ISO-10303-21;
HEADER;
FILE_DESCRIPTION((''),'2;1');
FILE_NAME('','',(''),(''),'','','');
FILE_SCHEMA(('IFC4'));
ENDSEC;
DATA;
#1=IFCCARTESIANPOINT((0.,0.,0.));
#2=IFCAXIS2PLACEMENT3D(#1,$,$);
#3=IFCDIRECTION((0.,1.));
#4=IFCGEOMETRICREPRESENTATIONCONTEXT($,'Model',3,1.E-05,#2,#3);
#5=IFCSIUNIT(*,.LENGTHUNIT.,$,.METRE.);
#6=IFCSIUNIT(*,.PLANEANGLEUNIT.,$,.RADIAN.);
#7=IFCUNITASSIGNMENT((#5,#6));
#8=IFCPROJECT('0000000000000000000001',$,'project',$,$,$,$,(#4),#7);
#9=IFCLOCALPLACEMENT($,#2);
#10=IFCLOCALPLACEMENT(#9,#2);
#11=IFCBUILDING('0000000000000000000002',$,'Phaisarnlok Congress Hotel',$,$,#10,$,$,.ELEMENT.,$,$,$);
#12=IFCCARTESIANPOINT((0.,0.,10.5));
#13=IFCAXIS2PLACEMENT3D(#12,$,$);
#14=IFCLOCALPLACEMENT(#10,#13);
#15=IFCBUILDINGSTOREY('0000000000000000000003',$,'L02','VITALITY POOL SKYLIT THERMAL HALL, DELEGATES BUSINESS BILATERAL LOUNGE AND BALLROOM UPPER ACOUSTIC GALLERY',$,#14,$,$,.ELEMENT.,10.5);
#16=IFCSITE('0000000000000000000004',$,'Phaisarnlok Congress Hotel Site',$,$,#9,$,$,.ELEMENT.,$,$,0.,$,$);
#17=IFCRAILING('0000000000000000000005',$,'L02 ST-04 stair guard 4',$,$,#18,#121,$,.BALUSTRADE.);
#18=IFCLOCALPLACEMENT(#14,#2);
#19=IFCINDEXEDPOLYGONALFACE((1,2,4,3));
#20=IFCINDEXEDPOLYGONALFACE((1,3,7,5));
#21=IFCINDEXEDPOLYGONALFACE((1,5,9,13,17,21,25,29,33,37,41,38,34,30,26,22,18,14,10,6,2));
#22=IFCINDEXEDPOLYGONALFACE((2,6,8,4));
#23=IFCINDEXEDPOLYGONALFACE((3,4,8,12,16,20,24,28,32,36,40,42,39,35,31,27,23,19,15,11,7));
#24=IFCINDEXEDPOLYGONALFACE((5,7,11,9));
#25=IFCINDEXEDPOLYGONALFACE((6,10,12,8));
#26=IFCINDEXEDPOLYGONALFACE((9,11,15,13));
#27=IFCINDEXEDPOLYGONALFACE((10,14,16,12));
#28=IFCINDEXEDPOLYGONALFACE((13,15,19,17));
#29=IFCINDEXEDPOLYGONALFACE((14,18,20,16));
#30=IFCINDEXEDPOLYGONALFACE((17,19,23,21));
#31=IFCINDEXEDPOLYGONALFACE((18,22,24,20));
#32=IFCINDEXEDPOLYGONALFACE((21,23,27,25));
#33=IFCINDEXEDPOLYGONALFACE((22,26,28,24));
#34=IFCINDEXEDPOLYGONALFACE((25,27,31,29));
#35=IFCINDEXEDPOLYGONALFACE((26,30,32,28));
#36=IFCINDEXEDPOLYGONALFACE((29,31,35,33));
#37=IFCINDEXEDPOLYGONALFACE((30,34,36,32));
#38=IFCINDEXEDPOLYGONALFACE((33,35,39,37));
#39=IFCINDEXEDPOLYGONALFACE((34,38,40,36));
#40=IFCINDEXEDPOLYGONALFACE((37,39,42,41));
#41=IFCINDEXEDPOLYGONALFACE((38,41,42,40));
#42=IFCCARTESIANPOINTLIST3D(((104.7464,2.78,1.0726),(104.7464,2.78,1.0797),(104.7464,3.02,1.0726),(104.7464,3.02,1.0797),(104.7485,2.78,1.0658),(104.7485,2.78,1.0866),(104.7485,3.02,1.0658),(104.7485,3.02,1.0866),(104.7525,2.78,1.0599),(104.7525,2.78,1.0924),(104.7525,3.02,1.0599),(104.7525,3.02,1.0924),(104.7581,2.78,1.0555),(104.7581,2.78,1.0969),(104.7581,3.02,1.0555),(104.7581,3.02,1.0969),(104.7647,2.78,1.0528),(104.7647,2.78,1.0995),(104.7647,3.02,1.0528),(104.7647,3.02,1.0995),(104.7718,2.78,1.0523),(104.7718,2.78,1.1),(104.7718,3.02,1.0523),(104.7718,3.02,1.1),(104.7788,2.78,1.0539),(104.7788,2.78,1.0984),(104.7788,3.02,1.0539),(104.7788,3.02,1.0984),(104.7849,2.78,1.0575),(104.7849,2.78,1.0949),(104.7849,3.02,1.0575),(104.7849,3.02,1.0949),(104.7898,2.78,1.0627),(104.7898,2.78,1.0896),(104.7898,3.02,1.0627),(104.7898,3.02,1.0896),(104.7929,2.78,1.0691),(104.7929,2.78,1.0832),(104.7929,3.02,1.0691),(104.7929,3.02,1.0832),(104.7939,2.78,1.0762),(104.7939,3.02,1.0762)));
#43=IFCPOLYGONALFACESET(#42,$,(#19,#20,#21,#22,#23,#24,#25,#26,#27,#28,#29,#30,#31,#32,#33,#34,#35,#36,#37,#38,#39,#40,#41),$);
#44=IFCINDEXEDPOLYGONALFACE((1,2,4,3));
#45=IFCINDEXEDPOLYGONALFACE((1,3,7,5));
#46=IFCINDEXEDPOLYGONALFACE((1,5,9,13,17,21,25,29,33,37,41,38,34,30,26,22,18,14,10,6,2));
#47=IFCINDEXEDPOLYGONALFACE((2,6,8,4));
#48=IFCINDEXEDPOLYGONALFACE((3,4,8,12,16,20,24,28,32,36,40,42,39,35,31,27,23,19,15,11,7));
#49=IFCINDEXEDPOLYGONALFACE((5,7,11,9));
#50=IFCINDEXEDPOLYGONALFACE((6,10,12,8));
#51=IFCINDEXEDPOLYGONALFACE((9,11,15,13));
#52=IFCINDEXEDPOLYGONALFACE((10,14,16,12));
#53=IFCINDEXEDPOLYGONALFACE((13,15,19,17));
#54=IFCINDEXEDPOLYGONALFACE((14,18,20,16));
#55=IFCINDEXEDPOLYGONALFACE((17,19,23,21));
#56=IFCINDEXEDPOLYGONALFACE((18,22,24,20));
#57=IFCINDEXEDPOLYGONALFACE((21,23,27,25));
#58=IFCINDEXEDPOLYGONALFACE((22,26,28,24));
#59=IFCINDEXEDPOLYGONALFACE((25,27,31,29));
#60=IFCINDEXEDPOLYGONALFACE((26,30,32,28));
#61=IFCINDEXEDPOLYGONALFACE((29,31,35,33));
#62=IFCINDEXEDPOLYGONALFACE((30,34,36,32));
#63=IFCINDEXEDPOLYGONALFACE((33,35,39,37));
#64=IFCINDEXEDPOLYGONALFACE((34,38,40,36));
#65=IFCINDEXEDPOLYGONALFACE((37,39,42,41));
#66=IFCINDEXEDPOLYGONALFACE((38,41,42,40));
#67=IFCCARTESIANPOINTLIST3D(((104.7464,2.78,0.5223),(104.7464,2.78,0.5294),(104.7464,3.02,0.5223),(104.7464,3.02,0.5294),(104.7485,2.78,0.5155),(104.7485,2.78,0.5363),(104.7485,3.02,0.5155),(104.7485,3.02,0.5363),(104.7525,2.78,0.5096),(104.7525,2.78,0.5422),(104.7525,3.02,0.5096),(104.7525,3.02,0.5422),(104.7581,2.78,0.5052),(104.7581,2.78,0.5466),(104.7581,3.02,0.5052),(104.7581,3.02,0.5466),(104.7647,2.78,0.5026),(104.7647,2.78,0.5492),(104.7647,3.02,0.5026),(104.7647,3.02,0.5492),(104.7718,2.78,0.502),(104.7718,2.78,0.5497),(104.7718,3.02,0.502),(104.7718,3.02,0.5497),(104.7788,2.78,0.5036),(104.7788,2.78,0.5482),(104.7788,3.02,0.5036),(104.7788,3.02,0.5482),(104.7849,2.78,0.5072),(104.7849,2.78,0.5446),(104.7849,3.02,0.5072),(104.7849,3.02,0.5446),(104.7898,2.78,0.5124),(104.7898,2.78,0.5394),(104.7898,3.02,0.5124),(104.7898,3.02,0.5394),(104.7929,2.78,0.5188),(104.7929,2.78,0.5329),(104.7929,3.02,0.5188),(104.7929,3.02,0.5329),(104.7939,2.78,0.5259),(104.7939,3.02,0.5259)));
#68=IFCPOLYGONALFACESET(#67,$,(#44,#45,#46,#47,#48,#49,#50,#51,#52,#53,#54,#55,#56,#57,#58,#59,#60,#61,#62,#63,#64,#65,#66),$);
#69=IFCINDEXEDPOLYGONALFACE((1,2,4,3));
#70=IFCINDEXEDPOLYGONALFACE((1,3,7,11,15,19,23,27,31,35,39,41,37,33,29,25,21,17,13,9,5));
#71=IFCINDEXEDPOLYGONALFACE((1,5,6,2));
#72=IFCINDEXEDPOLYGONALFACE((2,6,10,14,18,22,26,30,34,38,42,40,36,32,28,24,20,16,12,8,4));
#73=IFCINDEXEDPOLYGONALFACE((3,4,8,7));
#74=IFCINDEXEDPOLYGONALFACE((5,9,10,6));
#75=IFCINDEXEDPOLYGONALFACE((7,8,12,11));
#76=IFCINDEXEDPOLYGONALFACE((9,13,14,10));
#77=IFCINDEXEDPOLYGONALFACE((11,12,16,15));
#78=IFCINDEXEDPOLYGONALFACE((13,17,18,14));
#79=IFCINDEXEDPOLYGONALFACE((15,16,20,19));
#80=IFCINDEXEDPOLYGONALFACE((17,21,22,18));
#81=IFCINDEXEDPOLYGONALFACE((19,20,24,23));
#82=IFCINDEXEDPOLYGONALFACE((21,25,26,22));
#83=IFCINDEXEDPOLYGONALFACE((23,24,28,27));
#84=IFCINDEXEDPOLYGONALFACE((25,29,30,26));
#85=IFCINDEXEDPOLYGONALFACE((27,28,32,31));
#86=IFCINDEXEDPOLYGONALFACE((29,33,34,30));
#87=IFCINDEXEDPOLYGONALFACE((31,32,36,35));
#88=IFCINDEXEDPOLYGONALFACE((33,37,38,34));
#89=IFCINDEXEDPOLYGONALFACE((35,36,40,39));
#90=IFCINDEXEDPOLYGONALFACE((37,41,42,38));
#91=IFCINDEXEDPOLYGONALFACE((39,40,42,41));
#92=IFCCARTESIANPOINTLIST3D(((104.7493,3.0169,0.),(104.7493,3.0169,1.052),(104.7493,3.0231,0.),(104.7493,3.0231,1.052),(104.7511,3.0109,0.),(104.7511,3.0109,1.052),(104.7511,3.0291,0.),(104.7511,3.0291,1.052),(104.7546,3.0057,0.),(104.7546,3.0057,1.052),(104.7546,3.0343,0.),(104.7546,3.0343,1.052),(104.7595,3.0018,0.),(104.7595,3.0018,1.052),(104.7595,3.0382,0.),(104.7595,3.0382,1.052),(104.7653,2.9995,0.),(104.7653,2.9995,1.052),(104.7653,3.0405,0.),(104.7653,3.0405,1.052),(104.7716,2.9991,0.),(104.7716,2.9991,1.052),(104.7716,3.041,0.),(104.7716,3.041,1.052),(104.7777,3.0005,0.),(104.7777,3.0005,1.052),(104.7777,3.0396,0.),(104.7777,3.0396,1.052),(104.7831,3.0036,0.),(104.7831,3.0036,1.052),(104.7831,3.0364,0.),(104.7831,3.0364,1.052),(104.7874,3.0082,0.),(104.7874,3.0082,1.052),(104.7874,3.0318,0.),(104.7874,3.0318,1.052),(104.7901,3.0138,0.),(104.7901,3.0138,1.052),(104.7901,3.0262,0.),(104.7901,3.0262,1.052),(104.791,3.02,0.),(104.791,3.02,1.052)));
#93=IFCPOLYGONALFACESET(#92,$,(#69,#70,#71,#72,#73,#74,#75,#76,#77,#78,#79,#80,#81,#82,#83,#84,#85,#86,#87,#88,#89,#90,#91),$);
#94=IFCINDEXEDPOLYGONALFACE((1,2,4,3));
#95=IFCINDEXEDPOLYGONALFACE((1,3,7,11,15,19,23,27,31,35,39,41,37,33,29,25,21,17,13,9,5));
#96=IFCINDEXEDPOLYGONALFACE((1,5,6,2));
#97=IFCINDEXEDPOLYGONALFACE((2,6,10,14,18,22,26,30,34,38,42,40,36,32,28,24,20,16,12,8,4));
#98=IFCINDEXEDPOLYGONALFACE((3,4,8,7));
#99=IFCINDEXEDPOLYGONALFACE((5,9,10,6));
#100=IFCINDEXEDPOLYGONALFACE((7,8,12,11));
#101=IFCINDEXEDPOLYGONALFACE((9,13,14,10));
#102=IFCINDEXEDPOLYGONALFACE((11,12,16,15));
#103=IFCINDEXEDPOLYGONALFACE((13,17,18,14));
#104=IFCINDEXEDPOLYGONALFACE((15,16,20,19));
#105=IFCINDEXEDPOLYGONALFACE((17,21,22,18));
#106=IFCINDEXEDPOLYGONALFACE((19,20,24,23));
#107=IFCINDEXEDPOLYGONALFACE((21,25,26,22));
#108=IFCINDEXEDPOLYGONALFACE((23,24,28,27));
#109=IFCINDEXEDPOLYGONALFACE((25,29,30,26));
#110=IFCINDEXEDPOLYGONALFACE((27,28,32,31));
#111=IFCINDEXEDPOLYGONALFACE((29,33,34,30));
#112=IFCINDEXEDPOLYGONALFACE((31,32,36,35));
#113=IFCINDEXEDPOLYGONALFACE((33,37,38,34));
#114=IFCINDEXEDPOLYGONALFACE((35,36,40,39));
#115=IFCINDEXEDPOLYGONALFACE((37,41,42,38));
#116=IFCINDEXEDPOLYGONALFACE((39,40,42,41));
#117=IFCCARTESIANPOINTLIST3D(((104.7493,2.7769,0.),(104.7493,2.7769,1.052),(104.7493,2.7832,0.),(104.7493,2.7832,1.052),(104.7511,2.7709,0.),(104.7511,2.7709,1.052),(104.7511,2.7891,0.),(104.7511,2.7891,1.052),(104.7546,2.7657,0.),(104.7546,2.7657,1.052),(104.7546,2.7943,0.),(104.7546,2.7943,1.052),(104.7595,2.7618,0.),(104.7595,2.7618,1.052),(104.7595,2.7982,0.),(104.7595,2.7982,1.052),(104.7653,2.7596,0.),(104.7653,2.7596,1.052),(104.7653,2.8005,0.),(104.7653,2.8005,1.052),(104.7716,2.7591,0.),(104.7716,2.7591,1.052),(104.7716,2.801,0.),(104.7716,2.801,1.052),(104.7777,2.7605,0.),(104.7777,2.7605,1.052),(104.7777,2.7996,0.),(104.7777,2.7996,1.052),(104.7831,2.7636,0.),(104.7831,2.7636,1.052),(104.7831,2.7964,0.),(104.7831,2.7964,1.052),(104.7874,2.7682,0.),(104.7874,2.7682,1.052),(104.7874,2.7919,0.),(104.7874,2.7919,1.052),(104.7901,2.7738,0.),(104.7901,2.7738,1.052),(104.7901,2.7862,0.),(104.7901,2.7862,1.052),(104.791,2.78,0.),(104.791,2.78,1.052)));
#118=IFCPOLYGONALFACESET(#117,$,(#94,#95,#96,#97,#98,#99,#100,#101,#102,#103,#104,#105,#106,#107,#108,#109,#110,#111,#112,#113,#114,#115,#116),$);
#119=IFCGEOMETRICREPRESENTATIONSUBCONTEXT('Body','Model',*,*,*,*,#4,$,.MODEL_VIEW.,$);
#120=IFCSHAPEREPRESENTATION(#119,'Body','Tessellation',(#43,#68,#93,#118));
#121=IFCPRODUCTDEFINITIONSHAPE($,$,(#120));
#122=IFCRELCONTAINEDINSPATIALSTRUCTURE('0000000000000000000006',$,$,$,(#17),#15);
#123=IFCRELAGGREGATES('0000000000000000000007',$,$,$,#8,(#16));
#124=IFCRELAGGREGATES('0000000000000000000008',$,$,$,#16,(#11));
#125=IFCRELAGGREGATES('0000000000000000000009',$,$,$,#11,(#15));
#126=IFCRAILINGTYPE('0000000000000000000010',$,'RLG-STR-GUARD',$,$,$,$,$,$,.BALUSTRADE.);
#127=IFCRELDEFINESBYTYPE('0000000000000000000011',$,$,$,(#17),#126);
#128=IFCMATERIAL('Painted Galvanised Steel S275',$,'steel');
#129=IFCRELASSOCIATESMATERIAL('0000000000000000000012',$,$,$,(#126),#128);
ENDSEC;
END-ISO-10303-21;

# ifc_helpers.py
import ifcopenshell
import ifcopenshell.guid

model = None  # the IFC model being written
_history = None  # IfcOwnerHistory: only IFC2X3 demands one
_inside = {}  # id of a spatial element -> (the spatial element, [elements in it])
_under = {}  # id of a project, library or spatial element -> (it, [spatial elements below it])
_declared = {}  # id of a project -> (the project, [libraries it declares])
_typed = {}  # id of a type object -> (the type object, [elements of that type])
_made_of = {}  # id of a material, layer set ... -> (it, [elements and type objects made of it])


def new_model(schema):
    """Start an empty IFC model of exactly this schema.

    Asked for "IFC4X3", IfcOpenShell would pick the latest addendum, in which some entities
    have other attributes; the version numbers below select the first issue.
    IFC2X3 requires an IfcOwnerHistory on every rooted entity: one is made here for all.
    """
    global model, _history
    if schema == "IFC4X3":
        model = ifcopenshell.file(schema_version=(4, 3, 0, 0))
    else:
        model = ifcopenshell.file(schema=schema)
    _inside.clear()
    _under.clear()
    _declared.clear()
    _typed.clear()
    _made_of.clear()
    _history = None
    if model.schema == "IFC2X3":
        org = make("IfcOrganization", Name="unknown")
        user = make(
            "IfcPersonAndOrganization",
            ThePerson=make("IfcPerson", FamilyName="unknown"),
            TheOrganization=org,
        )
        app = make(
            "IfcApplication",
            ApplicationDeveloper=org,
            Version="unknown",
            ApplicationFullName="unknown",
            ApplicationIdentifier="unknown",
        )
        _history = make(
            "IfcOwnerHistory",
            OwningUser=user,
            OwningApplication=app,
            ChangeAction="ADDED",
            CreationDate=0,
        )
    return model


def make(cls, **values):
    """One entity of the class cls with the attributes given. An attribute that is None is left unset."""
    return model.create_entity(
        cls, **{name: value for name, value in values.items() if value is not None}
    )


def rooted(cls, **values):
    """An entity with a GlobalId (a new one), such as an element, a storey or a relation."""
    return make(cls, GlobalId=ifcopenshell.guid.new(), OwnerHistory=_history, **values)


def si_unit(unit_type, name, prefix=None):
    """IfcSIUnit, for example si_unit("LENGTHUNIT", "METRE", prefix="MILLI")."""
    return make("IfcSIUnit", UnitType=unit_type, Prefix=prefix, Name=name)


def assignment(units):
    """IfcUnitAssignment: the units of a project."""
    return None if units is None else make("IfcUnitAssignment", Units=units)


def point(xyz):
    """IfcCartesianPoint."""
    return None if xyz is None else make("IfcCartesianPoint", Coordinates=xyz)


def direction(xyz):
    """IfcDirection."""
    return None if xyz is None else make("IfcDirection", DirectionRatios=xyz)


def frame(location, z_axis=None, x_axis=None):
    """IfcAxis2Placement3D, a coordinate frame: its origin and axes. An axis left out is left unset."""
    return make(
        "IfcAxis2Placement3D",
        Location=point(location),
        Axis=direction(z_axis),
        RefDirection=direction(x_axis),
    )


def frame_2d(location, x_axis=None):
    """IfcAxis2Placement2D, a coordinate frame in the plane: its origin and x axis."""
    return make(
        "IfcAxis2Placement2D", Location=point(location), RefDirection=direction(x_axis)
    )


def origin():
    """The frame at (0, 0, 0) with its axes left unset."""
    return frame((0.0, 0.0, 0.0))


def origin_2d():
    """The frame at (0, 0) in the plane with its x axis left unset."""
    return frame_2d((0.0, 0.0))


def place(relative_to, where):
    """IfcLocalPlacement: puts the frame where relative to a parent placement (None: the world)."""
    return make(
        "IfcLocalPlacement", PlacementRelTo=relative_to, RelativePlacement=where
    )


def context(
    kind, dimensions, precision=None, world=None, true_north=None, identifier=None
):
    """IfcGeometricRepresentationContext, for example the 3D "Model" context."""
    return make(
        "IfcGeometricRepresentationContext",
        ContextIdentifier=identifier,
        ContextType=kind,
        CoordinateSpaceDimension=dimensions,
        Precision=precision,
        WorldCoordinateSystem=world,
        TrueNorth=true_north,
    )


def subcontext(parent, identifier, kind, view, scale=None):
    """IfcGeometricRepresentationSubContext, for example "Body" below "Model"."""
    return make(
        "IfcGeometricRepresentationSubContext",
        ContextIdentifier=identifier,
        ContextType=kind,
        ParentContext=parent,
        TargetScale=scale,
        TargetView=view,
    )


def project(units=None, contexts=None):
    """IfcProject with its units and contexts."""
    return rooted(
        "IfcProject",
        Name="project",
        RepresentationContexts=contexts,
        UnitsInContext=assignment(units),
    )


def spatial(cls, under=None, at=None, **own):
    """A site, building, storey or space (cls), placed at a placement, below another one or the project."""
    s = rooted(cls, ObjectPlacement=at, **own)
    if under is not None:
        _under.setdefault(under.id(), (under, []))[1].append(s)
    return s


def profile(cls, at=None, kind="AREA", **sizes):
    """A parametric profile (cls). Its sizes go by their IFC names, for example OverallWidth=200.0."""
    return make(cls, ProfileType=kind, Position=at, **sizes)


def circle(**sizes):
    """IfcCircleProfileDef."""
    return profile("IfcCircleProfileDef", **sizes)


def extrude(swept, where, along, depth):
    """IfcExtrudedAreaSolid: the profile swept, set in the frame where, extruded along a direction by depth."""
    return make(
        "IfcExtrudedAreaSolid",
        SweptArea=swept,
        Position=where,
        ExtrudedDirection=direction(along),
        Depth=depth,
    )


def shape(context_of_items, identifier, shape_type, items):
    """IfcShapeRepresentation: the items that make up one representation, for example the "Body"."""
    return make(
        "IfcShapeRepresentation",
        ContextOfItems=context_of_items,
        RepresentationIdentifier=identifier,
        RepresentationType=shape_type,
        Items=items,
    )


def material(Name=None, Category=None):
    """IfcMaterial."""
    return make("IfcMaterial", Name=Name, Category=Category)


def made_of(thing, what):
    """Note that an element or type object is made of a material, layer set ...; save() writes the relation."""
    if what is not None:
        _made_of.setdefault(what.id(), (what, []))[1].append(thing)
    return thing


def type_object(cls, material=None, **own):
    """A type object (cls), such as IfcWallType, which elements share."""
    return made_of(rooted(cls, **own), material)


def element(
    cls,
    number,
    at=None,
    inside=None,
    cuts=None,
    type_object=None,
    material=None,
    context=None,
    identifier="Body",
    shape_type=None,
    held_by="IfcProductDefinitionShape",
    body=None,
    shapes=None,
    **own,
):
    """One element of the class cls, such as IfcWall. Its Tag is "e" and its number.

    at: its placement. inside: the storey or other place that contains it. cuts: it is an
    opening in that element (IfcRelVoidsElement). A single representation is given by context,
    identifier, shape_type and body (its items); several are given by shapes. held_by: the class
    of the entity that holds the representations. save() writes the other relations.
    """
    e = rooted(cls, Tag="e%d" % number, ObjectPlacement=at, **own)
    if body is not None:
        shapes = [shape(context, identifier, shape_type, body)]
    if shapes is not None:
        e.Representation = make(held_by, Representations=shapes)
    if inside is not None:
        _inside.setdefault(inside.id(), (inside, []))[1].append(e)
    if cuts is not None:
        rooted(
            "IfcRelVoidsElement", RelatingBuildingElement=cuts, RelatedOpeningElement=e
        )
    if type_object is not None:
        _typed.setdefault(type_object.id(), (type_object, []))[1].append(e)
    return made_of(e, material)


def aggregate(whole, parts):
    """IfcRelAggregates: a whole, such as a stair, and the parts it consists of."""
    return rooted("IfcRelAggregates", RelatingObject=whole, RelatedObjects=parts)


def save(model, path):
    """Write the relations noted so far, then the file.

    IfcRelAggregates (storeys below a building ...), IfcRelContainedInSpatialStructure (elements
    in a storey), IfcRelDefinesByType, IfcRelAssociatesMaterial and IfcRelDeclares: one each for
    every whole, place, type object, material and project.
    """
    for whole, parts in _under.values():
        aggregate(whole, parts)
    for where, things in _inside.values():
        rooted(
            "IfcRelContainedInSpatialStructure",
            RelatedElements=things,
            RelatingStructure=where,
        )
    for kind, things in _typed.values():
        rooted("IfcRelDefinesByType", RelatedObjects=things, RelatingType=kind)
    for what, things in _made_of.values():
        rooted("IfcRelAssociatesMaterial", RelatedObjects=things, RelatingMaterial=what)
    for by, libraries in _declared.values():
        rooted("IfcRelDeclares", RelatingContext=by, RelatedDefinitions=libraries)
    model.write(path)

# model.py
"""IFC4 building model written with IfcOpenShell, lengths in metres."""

from ifc_helpers import new_model, si_unit, direction, frame, origin, origin_2d, place, context, subcontext, project, spatial, circle, extrude, material, type_object, element, save


model = new_model("IFC4")

# Units and contexts
model_context = context("Model", 3, precision=1e-05, world=origin(), true_north=direction((0.0, 1.0)))
body_context = subcontext(model_context, "Body", "Model", "MODEL_VIEW")
ifc_project = project(units=[si_unit("LENGTHUNIT", "METRE"), si_unit("PLANEANGLEUNIT", "RADIAN")], contexts=[model_context])

# Site, building, storey
site_placement = place(None, origin())
site = spatial("IfcSite", under=ifc_project, at=site_placement, Name="Phaisarnlok Congress Hotel Site", CompositionType="ELEMENT", RefElevation=0.0)
building_placement = place(site_placement, origin())
building = spatial("IfcBuilding", under=site, at=building_placement, Name="Phaisarnlok Congress Hotel", CompositionType="ELEMENT")
storey_placement = place(building_placement, frame((0.0, 0.0, 10.5)))
storey = spatial("IfcBuildingStorey", under=building, at=storey_placement, Name="L02", Description="VITALITY POOL SKYLIT THERMAL HALL, DELEGATES BUSINESS BILATERAL LOUNGE AND BALLROOM UPPER ACOUSTIC GALLERY", CompositionType="ELEMENT", Elevation=10.5)

# Railing
ifc_material_1 = material(Name="Painted Galvanised Steel S275", Category="steel")
railing_type_1 = type_object("IfcRailingType", Name="RLG-STR-GUARD", PredefinedType="BALUSTRADE", material=ifc_material_1)
railing_1_placement = place(storey_placement, frame((104.77, 3.02, 0.0)))
element("IfcRailing", 1, at=railing_1_placement, inside=storey, type_object=railing_type_1, Name="L02 ST-04 stair guard 4", PredefinedType="BALUSTRADE", context=body_context, shape_type="SweptSolid", body=[
    extrude(circle(Radius=0.0239, at=origin_2d()), frame((0.0, 0.0, 1.0762), z_axis=(0.0, -1.0, 0.0), x_axis=(1.0, 0.0, 0.0)), (0.0, 0.0, 1.0), 0.24),
    extrude(circle(Radius=0.0239, at=origin_2d()), frame((0.0, 0.0, 0.5259), z_axis=(0.0, -1.0, 0.0), x_axis=(1.0, 0.0, 0.0)), (0.0, 0.0, 1.0), 0.24),
    extrude(circle(Radius=0.021, at=origin_2d()), origin(), (0.0, 0.0, 1.0), 1.052),
    extrude(circle(Radius=0.021, at=origin_2d()), frame((0.0, -0.24, 0.0)), (0.0, 0.0, 1.0), 1.052),
])

save(model, "model.ifc")
